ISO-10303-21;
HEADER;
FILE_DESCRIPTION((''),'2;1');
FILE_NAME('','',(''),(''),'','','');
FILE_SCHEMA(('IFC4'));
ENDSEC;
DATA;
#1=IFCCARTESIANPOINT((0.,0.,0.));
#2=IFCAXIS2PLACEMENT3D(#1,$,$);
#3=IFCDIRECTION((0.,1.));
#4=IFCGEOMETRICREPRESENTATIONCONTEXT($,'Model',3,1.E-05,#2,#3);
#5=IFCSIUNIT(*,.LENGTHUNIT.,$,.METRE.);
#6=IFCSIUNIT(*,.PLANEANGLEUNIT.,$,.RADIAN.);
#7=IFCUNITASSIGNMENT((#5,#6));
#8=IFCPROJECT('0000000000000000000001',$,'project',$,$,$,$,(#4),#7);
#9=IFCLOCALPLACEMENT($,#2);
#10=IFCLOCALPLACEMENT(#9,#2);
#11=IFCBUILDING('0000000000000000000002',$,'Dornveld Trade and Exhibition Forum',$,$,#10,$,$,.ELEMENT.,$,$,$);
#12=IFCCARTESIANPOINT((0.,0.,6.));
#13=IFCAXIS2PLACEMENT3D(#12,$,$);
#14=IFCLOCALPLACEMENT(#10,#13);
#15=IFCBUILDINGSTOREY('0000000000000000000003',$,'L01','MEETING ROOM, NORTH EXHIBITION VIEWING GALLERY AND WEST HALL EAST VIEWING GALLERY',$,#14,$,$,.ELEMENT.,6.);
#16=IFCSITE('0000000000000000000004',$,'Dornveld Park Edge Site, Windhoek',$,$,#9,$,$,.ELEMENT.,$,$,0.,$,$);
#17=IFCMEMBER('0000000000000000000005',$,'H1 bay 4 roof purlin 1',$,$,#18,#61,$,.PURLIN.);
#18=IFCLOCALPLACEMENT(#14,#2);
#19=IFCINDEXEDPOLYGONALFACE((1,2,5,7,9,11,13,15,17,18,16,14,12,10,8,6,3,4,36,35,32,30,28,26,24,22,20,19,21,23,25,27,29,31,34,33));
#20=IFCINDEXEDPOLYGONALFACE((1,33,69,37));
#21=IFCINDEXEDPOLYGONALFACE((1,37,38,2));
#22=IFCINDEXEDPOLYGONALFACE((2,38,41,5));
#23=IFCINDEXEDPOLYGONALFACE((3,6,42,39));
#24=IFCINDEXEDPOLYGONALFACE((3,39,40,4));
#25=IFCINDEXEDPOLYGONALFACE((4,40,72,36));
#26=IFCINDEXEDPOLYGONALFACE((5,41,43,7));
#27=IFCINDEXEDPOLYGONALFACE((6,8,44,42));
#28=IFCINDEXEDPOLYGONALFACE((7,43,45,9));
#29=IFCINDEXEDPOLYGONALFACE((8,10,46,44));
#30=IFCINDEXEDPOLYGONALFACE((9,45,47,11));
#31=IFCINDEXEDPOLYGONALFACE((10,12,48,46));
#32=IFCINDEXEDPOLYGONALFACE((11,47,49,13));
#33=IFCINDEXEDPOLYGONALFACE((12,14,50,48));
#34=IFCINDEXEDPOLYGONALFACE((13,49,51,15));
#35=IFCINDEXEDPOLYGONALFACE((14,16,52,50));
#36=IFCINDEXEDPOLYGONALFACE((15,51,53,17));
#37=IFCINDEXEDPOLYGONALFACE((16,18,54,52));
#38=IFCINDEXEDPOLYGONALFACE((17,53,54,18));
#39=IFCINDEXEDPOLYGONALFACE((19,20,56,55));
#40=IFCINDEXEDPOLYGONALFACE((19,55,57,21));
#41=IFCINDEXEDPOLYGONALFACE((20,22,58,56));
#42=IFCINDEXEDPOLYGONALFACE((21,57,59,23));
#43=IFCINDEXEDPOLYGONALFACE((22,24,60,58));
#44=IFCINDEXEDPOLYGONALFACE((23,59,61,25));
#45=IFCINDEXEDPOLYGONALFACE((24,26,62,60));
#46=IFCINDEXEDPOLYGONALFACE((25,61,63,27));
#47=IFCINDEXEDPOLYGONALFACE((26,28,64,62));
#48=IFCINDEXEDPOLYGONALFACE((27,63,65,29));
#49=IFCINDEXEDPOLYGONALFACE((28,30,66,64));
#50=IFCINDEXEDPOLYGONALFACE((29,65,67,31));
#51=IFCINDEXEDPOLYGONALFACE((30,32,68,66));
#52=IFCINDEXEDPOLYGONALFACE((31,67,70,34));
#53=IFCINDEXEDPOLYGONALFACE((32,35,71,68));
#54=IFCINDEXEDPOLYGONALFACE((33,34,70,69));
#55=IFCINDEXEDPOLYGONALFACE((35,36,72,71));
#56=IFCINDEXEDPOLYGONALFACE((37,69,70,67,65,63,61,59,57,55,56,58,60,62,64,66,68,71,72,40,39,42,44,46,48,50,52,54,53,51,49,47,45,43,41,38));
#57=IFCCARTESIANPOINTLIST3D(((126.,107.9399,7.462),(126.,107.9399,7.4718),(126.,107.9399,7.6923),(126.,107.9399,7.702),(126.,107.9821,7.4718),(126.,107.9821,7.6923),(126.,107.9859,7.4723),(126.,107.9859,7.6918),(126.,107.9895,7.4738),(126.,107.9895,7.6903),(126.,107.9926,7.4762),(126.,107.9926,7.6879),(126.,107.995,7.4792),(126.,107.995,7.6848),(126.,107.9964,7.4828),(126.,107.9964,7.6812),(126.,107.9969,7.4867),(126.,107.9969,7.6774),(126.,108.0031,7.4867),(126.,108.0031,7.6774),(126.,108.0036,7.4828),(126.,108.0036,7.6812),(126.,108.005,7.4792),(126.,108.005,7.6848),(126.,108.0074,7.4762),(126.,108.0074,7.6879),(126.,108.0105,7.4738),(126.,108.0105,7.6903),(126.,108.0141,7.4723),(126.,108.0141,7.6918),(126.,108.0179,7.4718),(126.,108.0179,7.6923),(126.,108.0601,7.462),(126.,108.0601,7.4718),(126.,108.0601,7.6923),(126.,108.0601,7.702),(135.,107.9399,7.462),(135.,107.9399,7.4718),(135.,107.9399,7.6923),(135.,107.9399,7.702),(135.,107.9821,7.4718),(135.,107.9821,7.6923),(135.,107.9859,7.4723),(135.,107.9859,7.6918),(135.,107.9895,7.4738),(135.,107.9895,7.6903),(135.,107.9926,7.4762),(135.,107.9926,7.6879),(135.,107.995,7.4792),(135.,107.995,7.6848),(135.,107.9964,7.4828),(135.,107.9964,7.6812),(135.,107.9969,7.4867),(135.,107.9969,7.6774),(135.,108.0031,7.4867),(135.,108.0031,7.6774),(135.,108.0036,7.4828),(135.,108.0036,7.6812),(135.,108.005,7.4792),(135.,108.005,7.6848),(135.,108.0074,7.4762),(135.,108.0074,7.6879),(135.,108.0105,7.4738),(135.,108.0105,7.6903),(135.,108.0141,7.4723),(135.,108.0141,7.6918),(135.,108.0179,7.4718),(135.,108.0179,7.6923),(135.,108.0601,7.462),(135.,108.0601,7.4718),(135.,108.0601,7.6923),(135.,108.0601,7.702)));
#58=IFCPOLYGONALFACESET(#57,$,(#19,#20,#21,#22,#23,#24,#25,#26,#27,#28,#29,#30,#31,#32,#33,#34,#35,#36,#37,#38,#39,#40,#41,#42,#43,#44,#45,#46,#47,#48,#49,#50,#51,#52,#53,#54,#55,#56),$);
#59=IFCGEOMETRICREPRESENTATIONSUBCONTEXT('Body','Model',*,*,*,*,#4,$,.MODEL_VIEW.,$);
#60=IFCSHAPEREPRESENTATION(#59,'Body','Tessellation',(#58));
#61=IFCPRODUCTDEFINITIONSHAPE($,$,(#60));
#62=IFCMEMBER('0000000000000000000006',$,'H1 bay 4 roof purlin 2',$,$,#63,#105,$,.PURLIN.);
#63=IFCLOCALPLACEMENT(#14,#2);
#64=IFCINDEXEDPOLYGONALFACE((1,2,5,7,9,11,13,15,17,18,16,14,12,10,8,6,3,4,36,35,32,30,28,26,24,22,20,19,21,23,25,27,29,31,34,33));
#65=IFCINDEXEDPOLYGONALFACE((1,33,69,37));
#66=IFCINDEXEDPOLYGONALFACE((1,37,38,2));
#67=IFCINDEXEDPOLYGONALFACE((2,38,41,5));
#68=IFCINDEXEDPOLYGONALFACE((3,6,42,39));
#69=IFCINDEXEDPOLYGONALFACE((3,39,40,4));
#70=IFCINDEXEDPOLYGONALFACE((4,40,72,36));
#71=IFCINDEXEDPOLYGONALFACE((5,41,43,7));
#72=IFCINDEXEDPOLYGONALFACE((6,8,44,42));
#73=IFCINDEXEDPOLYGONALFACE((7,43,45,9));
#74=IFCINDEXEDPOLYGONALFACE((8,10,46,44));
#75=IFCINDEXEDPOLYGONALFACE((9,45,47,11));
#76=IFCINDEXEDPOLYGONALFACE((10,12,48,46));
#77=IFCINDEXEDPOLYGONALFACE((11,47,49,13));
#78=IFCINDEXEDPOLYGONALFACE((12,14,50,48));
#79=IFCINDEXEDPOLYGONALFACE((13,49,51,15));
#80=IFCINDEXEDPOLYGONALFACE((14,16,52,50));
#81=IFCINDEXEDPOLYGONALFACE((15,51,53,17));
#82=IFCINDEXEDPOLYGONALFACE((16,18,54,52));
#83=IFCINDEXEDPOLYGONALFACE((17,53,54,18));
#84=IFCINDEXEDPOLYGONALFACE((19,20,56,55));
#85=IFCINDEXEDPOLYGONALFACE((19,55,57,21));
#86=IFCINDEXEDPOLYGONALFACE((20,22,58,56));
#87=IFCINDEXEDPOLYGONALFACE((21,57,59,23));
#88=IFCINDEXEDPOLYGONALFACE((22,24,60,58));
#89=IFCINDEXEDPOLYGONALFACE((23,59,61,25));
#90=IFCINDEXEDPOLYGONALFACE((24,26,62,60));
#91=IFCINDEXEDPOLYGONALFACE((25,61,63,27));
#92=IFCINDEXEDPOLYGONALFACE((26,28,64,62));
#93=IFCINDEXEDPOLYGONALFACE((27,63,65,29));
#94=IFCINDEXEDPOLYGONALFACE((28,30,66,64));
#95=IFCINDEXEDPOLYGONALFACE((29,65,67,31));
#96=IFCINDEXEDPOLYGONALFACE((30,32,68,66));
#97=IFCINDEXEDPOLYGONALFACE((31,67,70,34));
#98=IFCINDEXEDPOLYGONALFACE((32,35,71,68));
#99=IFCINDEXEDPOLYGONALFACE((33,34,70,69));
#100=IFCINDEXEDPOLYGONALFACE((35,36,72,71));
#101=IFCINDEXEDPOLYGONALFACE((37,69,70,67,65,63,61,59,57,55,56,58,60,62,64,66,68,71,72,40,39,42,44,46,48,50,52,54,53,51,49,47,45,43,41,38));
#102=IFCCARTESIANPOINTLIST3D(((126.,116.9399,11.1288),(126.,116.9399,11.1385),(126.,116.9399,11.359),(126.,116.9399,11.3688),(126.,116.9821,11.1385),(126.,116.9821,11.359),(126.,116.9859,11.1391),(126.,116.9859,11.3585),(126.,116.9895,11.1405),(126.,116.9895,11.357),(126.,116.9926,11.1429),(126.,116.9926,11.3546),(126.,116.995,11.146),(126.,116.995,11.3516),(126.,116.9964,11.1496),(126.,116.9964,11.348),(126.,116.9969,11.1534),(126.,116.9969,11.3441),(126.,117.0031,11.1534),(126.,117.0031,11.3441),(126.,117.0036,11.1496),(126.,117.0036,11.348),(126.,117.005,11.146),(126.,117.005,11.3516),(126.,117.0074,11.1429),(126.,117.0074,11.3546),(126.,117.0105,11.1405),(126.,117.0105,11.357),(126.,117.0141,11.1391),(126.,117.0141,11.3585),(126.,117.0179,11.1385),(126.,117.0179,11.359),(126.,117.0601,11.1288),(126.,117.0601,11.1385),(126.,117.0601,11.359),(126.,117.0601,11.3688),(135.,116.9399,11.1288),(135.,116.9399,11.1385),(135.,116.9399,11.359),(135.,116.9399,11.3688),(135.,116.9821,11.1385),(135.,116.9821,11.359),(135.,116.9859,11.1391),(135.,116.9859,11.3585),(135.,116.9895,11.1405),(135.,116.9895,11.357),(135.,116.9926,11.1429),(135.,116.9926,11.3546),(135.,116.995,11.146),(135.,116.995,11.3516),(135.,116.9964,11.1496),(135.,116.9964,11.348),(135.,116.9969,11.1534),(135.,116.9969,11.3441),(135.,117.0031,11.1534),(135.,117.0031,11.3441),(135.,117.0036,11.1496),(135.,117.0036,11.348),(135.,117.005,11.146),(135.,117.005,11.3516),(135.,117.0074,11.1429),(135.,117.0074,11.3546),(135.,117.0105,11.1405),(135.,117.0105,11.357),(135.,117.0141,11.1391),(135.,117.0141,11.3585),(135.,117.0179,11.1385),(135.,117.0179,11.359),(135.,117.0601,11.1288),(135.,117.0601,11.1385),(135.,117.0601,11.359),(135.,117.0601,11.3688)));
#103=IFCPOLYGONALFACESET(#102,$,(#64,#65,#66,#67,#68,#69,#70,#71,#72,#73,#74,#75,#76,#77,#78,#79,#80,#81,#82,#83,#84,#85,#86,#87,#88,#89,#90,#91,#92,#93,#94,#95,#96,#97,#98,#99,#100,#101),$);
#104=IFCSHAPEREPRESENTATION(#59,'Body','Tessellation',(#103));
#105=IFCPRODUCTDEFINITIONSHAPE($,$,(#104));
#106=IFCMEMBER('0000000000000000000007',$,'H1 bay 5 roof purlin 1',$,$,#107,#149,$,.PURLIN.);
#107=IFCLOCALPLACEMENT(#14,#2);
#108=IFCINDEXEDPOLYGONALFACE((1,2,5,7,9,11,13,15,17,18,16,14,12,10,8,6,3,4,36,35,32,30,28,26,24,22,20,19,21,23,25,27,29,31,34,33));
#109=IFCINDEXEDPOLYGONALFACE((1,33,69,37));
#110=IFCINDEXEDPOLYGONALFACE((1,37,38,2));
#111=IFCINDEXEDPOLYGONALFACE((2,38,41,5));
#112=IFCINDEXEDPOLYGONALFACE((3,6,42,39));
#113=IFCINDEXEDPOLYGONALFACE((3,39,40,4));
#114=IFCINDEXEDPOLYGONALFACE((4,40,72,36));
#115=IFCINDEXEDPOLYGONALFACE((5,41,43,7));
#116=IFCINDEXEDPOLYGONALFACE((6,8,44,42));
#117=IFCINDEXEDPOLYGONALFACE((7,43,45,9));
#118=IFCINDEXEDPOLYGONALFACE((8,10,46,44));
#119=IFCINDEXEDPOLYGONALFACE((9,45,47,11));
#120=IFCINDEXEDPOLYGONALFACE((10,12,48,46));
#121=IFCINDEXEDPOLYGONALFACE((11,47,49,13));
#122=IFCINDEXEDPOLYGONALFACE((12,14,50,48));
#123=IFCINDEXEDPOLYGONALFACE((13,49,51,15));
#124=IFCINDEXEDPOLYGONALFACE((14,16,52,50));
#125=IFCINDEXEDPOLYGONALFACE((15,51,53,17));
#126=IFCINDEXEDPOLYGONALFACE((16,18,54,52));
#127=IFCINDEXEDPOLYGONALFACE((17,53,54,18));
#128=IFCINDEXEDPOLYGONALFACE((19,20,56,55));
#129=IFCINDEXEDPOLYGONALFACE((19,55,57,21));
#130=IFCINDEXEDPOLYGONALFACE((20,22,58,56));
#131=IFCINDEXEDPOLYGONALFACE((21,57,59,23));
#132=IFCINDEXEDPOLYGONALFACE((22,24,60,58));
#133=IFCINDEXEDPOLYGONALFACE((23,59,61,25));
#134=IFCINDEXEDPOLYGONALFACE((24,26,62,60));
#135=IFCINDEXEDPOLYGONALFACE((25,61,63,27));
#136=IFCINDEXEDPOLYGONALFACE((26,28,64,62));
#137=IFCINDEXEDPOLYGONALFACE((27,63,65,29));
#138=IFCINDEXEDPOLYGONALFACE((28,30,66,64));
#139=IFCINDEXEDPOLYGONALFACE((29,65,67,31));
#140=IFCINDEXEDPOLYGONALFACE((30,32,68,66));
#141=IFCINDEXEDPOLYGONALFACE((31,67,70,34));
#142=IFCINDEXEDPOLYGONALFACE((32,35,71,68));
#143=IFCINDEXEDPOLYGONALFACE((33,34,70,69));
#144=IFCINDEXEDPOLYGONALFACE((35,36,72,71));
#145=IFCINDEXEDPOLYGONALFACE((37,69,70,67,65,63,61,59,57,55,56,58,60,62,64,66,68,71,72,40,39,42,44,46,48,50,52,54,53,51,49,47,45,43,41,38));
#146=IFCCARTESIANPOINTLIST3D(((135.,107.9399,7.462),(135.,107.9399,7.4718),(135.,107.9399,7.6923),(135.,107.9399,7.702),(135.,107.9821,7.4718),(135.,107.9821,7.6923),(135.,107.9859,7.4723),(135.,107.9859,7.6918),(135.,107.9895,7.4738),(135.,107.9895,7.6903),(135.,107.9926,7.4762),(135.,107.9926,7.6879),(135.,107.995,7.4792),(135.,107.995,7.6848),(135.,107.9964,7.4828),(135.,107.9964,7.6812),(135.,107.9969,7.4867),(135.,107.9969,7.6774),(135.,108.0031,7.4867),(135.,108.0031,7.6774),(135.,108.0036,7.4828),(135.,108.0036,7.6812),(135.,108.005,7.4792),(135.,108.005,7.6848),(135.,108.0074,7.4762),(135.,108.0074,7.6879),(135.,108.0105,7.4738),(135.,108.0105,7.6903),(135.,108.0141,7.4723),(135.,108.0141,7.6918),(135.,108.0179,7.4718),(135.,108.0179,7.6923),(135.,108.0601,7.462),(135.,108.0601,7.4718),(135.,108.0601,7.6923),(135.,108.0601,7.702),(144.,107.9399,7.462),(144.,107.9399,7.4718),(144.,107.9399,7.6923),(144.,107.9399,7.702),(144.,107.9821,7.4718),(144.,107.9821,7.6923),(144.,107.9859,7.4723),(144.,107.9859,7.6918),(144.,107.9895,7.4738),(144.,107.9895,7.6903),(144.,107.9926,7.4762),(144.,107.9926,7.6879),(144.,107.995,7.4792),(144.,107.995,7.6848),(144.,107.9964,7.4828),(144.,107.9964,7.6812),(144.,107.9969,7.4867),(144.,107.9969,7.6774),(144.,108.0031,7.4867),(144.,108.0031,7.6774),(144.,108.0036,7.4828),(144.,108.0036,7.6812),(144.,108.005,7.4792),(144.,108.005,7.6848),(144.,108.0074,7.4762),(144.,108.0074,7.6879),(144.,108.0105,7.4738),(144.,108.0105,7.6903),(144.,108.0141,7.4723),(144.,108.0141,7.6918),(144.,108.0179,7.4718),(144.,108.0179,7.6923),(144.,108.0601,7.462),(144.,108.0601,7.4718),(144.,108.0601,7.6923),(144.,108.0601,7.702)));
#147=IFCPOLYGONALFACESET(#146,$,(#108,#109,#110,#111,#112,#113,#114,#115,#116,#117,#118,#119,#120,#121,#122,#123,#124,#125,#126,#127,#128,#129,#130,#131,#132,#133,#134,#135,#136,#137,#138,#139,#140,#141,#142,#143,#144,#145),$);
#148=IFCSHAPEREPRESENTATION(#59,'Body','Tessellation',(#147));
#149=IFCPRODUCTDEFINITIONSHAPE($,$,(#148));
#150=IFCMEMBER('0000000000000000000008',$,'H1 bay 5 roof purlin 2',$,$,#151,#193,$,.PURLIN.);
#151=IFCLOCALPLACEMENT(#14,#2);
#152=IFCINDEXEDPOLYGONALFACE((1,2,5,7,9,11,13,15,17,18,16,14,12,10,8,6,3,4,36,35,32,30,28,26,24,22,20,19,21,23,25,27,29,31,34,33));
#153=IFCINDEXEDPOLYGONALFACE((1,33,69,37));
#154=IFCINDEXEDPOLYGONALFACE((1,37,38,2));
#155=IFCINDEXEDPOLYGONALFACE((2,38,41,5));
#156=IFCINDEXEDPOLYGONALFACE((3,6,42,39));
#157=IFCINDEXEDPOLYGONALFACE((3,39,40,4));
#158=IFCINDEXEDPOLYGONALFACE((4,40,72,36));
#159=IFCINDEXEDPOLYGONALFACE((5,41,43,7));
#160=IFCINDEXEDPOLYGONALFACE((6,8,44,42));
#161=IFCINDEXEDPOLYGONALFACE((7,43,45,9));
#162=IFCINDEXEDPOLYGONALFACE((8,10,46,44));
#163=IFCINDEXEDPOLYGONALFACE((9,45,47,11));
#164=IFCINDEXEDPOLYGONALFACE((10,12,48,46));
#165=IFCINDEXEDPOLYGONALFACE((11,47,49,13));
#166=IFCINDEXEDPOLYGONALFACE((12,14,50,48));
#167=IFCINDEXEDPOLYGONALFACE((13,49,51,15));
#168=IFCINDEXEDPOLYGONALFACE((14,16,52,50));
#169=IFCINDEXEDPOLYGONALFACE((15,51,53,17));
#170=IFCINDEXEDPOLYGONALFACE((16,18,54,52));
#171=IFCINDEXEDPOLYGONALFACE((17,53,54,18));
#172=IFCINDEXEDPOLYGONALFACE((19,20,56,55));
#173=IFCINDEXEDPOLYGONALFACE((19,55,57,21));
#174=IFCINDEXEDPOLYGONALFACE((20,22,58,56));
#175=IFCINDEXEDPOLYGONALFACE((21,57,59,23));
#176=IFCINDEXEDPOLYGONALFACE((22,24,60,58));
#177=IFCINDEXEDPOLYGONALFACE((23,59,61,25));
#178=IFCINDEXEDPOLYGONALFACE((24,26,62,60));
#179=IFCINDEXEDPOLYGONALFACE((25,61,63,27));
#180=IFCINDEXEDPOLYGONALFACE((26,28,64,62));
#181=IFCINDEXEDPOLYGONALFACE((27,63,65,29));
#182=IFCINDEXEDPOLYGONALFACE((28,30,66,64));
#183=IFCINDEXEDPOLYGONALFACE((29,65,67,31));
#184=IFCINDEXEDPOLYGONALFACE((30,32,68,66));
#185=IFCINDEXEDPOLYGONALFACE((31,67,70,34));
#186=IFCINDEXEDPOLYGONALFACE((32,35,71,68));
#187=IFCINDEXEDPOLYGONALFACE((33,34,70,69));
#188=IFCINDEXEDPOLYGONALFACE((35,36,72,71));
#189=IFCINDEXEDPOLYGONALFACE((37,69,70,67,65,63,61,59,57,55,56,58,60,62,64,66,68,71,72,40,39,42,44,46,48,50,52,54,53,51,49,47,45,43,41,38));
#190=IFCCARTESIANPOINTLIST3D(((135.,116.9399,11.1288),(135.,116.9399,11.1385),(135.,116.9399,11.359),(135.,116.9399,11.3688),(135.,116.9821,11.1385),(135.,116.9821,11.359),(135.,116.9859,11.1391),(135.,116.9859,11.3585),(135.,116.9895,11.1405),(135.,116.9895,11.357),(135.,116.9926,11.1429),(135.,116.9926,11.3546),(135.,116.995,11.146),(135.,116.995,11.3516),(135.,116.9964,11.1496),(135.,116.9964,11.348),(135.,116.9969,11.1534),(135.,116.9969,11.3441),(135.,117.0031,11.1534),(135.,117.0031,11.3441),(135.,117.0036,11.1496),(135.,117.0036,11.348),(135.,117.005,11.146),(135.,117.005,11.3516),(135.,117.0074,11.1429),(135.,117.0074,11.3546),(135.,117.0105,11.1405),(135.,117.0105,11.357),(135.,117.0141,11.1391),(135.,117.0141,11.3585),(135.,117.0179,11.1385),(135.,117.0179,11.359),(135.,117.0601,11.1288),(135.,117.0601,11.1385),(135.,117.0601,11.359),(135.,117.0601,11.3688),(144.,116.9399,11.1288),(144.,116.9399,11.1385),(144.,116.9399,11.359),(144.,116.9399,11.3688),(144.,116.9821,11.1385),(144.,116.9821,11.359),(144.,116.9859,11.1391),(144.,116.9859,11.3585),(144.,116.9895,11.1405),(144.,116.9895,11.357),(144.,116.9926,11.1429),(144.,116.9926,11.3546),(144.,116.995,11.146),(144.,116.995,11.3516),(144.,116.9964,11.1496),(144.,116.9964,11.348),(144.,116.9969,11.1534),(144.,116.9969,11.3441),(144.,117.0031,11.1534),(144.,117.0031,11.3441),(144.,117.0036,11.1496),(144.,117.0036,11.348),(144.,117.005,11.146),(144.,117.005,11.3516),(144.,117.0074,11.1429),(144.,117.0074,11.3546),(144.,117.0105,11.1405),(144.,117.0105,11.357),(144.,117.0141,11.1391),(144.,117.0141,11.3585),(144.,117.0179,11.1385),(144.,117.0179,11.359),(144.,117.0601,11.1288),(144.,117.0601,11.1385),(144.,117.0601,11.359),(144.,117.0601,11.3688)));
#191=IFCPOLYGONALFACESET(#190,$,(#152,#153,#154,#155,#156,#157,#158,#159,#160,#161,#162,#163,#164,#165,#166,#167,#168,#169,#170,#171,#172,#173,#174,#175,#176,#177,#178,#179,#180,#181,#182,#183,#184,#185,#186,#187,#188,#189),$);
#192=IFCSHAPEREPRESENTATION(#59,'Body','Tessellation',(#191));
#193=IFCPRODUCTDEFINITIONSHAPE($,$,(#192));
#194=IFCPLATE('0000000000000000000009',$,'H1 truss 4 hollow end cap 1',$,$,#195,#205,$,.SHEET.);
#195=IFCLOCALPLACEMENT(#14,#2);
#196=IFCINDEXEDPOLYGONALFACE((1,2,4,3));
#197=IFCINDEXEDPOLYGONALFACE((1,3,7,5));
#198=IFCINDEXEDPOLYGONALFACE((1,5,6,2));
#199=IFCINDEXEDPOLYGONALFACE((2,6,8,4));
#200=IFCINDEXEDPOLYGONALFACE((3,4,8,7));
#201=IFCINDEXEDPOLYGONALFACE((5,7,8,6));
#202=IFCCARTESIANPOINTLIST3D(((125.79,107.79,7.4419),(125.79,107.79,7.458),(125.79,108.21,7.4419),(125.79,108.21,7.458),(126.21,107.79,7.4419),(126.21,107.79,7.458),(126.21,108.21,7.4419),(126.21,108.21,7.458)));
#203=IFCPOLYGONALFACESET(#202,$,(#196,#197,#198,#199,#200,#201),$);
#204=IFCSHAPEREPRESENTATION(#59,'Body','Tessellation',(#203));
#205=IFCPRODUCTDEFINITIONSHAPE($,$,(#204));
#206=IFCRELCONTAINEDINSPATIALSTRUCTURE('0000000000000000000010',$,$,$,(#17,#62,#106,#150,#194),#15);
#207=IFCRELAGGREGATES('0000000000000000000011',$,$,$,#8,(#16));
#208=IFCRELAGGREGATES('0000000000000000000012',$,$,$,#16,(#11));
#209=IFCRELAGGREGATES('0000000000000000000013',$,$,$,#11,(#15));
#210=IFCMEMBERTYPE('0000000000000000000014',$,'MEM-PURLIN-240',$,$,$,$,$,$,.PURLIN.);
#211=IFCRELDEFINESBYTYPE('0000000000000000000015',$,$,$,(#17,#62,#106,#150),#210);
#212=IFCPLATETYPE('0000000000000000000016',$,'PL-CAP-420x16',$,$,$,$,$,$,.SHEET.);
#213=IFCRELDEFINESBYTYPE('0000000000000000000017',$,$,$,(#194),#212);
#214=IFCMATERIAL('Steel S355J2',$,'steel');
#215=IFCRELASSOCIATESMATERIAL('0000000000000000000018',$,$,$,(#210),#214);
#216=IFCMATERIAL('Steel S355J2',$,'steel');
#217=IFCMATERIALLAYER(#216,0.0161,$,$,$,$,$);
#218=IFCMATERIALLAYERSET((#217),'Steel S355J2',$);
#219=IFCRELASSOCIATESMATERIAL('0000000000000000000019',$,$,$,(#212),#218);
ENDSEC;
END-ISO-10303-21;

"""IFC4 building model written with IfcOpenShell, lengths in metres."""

from ifc_helpers import new_model, si_unit, direction, frame, origin, origin_2d, place, context, subcontext, project, spatial, rectangle, i_section, extrude, material, layer, layer_set, material_profile, profile_set, type_object, element, save


model = new_model("IFC4")

# Units and contexts
model_context = context("Model", 3, precision=1e-05, world=origin(), true_north=direction((0.0, 1.0)))
body_context = subcontext(model_context, "Body", "Model", "MODEL_VIEW")
ifc_project = project(units=[si_unit("LENGTHUNIT", "METRE"), si_unit("PLANEANGLEUNIT", "RADIAN")], contexts=[model_context])

# Site, building, storey
site_placement = place(None, origin())
site = spatial("IfcSite", under=ifc_project, at=site_placement, Name="Dornveld Park Edge Site, Windhoek", CompositionType="ELEMENT", RefElevation=0.0)
building_placement = place(site_placement, origin())
building = spatial("IfcBuilding", under=site, at=building_placement, Name="Dornveld Trade and Exhibition Forum", CompositionType="ELEMENT")
storey_placement = place(building_placement, frame((0.0, 0.0, 6.0)))
storey = spatial("IfcBuildingStorey", under=building, at=storey_placement, Name="L01", Description="MEETING ROOM, NORTH EXHIBITION VIEWING GALLERY AND WEST HALL EAST VIEWING GALLERY", CompositionType="ELEMENT", Elevation=6.0)

# Members
ifc_material_1 = material(Name="Steel S355J2", Category="steel")
ifc_material_profile_1 = material_profile(ifc_material_1, i_section(OverallWidth=0.1201, OverallDepth=0.24, WebThickness=0.0061, FlangeThickness=0.0098, FilletRadius=0.0149, at=origin_2d()), Name="IPE 240")
ifc_profile_set_1 = profile_set([ifc_material_profile_1], Name="Steel S355J2")
member_type_1 = type_object("IfcMemberType", Name="MEM-PURLIN-240", PredefinedType="PURLIN", material=ifc_profile_set_1)
for number, where, z_axis, x_axis, name in (
    (1, (126.0, 108.0, 7.582), (1.0, 0.0, 0.0), (0.0, 1.0, 0.0), "H1 bay 4 roof purlin 1"),
    (2, (126.0, 117.0, 11.2488), (1.0, 0.0, 0.0), (0.0, 1.0, 0.0), "H1 bay 4 roof purlin 2"),
    (3, (135.0, 108.0, 7.582), (1.0, 0.0, 0.0), (0.0, 1.0, 0.0), "H1 bay 5 roof purlin 1"),
    (4, (135.0, 117.0, 11.2488), (1.0, 0.0, 0.0), (0.0, 1.0, 0.0), "H1 bay 5 roof purlin 2"),
):
    element("IfcMember", number, at=place(storey_placement, frame(where, z_axis=z_axis, x_axis=x_axis)), inside=storey, type_object=member_type_1, Name=name, PredefinedType="PURLIN", context=body_context, shape_type="SweptSolid", body=[
        extrude(i_section(OverallWidth=0.1201, OverallDepth=0.24, WebThickness=0.0061, FlangeThickness=0.0098, FilletRadius=0.0149, at=origin_2d()), origin(), (0.0, 0.0, 1.0), 9.0),
    ])

# Plate
ifc_material_2 = material(Name="Steel S355J2", Category="steel")
ifc_layer = layer(ifc_material_2, 0.0161)
ifc_layer_set = layer_set([ifc_layer], Name="Steel S355J2")
plate_type = type_object("IfcPlateType", Name="PL-CAP-420x16", PredefinedType="SHEET", material=ifc_layer_set)
for number, where, z_axis, x_axis, name in (
    (5, (126.0, 108.0, 7.4419), (0.0, 0.0, 1.0), (1.0, 0.0, 0.0), "H1 truss 4 hollow end cap 1"),
):
    element("IfcPlate", number, at=place(storey_placement, frame(where, z_axis=z_axis, x_axis=x_axis)), inside=storey, type_object=plate_type, Name=name, PredefinedType="SHEET", context=body_context, shape_type="SweptSolid", body=[
        extrude(rectangle(XDim=0.4199, YDim=0.4199, at=origin_2d()), origin(), (0.0, 0.0, 1.0), 0.0161),
    ])

save(model, "model.ifc")
